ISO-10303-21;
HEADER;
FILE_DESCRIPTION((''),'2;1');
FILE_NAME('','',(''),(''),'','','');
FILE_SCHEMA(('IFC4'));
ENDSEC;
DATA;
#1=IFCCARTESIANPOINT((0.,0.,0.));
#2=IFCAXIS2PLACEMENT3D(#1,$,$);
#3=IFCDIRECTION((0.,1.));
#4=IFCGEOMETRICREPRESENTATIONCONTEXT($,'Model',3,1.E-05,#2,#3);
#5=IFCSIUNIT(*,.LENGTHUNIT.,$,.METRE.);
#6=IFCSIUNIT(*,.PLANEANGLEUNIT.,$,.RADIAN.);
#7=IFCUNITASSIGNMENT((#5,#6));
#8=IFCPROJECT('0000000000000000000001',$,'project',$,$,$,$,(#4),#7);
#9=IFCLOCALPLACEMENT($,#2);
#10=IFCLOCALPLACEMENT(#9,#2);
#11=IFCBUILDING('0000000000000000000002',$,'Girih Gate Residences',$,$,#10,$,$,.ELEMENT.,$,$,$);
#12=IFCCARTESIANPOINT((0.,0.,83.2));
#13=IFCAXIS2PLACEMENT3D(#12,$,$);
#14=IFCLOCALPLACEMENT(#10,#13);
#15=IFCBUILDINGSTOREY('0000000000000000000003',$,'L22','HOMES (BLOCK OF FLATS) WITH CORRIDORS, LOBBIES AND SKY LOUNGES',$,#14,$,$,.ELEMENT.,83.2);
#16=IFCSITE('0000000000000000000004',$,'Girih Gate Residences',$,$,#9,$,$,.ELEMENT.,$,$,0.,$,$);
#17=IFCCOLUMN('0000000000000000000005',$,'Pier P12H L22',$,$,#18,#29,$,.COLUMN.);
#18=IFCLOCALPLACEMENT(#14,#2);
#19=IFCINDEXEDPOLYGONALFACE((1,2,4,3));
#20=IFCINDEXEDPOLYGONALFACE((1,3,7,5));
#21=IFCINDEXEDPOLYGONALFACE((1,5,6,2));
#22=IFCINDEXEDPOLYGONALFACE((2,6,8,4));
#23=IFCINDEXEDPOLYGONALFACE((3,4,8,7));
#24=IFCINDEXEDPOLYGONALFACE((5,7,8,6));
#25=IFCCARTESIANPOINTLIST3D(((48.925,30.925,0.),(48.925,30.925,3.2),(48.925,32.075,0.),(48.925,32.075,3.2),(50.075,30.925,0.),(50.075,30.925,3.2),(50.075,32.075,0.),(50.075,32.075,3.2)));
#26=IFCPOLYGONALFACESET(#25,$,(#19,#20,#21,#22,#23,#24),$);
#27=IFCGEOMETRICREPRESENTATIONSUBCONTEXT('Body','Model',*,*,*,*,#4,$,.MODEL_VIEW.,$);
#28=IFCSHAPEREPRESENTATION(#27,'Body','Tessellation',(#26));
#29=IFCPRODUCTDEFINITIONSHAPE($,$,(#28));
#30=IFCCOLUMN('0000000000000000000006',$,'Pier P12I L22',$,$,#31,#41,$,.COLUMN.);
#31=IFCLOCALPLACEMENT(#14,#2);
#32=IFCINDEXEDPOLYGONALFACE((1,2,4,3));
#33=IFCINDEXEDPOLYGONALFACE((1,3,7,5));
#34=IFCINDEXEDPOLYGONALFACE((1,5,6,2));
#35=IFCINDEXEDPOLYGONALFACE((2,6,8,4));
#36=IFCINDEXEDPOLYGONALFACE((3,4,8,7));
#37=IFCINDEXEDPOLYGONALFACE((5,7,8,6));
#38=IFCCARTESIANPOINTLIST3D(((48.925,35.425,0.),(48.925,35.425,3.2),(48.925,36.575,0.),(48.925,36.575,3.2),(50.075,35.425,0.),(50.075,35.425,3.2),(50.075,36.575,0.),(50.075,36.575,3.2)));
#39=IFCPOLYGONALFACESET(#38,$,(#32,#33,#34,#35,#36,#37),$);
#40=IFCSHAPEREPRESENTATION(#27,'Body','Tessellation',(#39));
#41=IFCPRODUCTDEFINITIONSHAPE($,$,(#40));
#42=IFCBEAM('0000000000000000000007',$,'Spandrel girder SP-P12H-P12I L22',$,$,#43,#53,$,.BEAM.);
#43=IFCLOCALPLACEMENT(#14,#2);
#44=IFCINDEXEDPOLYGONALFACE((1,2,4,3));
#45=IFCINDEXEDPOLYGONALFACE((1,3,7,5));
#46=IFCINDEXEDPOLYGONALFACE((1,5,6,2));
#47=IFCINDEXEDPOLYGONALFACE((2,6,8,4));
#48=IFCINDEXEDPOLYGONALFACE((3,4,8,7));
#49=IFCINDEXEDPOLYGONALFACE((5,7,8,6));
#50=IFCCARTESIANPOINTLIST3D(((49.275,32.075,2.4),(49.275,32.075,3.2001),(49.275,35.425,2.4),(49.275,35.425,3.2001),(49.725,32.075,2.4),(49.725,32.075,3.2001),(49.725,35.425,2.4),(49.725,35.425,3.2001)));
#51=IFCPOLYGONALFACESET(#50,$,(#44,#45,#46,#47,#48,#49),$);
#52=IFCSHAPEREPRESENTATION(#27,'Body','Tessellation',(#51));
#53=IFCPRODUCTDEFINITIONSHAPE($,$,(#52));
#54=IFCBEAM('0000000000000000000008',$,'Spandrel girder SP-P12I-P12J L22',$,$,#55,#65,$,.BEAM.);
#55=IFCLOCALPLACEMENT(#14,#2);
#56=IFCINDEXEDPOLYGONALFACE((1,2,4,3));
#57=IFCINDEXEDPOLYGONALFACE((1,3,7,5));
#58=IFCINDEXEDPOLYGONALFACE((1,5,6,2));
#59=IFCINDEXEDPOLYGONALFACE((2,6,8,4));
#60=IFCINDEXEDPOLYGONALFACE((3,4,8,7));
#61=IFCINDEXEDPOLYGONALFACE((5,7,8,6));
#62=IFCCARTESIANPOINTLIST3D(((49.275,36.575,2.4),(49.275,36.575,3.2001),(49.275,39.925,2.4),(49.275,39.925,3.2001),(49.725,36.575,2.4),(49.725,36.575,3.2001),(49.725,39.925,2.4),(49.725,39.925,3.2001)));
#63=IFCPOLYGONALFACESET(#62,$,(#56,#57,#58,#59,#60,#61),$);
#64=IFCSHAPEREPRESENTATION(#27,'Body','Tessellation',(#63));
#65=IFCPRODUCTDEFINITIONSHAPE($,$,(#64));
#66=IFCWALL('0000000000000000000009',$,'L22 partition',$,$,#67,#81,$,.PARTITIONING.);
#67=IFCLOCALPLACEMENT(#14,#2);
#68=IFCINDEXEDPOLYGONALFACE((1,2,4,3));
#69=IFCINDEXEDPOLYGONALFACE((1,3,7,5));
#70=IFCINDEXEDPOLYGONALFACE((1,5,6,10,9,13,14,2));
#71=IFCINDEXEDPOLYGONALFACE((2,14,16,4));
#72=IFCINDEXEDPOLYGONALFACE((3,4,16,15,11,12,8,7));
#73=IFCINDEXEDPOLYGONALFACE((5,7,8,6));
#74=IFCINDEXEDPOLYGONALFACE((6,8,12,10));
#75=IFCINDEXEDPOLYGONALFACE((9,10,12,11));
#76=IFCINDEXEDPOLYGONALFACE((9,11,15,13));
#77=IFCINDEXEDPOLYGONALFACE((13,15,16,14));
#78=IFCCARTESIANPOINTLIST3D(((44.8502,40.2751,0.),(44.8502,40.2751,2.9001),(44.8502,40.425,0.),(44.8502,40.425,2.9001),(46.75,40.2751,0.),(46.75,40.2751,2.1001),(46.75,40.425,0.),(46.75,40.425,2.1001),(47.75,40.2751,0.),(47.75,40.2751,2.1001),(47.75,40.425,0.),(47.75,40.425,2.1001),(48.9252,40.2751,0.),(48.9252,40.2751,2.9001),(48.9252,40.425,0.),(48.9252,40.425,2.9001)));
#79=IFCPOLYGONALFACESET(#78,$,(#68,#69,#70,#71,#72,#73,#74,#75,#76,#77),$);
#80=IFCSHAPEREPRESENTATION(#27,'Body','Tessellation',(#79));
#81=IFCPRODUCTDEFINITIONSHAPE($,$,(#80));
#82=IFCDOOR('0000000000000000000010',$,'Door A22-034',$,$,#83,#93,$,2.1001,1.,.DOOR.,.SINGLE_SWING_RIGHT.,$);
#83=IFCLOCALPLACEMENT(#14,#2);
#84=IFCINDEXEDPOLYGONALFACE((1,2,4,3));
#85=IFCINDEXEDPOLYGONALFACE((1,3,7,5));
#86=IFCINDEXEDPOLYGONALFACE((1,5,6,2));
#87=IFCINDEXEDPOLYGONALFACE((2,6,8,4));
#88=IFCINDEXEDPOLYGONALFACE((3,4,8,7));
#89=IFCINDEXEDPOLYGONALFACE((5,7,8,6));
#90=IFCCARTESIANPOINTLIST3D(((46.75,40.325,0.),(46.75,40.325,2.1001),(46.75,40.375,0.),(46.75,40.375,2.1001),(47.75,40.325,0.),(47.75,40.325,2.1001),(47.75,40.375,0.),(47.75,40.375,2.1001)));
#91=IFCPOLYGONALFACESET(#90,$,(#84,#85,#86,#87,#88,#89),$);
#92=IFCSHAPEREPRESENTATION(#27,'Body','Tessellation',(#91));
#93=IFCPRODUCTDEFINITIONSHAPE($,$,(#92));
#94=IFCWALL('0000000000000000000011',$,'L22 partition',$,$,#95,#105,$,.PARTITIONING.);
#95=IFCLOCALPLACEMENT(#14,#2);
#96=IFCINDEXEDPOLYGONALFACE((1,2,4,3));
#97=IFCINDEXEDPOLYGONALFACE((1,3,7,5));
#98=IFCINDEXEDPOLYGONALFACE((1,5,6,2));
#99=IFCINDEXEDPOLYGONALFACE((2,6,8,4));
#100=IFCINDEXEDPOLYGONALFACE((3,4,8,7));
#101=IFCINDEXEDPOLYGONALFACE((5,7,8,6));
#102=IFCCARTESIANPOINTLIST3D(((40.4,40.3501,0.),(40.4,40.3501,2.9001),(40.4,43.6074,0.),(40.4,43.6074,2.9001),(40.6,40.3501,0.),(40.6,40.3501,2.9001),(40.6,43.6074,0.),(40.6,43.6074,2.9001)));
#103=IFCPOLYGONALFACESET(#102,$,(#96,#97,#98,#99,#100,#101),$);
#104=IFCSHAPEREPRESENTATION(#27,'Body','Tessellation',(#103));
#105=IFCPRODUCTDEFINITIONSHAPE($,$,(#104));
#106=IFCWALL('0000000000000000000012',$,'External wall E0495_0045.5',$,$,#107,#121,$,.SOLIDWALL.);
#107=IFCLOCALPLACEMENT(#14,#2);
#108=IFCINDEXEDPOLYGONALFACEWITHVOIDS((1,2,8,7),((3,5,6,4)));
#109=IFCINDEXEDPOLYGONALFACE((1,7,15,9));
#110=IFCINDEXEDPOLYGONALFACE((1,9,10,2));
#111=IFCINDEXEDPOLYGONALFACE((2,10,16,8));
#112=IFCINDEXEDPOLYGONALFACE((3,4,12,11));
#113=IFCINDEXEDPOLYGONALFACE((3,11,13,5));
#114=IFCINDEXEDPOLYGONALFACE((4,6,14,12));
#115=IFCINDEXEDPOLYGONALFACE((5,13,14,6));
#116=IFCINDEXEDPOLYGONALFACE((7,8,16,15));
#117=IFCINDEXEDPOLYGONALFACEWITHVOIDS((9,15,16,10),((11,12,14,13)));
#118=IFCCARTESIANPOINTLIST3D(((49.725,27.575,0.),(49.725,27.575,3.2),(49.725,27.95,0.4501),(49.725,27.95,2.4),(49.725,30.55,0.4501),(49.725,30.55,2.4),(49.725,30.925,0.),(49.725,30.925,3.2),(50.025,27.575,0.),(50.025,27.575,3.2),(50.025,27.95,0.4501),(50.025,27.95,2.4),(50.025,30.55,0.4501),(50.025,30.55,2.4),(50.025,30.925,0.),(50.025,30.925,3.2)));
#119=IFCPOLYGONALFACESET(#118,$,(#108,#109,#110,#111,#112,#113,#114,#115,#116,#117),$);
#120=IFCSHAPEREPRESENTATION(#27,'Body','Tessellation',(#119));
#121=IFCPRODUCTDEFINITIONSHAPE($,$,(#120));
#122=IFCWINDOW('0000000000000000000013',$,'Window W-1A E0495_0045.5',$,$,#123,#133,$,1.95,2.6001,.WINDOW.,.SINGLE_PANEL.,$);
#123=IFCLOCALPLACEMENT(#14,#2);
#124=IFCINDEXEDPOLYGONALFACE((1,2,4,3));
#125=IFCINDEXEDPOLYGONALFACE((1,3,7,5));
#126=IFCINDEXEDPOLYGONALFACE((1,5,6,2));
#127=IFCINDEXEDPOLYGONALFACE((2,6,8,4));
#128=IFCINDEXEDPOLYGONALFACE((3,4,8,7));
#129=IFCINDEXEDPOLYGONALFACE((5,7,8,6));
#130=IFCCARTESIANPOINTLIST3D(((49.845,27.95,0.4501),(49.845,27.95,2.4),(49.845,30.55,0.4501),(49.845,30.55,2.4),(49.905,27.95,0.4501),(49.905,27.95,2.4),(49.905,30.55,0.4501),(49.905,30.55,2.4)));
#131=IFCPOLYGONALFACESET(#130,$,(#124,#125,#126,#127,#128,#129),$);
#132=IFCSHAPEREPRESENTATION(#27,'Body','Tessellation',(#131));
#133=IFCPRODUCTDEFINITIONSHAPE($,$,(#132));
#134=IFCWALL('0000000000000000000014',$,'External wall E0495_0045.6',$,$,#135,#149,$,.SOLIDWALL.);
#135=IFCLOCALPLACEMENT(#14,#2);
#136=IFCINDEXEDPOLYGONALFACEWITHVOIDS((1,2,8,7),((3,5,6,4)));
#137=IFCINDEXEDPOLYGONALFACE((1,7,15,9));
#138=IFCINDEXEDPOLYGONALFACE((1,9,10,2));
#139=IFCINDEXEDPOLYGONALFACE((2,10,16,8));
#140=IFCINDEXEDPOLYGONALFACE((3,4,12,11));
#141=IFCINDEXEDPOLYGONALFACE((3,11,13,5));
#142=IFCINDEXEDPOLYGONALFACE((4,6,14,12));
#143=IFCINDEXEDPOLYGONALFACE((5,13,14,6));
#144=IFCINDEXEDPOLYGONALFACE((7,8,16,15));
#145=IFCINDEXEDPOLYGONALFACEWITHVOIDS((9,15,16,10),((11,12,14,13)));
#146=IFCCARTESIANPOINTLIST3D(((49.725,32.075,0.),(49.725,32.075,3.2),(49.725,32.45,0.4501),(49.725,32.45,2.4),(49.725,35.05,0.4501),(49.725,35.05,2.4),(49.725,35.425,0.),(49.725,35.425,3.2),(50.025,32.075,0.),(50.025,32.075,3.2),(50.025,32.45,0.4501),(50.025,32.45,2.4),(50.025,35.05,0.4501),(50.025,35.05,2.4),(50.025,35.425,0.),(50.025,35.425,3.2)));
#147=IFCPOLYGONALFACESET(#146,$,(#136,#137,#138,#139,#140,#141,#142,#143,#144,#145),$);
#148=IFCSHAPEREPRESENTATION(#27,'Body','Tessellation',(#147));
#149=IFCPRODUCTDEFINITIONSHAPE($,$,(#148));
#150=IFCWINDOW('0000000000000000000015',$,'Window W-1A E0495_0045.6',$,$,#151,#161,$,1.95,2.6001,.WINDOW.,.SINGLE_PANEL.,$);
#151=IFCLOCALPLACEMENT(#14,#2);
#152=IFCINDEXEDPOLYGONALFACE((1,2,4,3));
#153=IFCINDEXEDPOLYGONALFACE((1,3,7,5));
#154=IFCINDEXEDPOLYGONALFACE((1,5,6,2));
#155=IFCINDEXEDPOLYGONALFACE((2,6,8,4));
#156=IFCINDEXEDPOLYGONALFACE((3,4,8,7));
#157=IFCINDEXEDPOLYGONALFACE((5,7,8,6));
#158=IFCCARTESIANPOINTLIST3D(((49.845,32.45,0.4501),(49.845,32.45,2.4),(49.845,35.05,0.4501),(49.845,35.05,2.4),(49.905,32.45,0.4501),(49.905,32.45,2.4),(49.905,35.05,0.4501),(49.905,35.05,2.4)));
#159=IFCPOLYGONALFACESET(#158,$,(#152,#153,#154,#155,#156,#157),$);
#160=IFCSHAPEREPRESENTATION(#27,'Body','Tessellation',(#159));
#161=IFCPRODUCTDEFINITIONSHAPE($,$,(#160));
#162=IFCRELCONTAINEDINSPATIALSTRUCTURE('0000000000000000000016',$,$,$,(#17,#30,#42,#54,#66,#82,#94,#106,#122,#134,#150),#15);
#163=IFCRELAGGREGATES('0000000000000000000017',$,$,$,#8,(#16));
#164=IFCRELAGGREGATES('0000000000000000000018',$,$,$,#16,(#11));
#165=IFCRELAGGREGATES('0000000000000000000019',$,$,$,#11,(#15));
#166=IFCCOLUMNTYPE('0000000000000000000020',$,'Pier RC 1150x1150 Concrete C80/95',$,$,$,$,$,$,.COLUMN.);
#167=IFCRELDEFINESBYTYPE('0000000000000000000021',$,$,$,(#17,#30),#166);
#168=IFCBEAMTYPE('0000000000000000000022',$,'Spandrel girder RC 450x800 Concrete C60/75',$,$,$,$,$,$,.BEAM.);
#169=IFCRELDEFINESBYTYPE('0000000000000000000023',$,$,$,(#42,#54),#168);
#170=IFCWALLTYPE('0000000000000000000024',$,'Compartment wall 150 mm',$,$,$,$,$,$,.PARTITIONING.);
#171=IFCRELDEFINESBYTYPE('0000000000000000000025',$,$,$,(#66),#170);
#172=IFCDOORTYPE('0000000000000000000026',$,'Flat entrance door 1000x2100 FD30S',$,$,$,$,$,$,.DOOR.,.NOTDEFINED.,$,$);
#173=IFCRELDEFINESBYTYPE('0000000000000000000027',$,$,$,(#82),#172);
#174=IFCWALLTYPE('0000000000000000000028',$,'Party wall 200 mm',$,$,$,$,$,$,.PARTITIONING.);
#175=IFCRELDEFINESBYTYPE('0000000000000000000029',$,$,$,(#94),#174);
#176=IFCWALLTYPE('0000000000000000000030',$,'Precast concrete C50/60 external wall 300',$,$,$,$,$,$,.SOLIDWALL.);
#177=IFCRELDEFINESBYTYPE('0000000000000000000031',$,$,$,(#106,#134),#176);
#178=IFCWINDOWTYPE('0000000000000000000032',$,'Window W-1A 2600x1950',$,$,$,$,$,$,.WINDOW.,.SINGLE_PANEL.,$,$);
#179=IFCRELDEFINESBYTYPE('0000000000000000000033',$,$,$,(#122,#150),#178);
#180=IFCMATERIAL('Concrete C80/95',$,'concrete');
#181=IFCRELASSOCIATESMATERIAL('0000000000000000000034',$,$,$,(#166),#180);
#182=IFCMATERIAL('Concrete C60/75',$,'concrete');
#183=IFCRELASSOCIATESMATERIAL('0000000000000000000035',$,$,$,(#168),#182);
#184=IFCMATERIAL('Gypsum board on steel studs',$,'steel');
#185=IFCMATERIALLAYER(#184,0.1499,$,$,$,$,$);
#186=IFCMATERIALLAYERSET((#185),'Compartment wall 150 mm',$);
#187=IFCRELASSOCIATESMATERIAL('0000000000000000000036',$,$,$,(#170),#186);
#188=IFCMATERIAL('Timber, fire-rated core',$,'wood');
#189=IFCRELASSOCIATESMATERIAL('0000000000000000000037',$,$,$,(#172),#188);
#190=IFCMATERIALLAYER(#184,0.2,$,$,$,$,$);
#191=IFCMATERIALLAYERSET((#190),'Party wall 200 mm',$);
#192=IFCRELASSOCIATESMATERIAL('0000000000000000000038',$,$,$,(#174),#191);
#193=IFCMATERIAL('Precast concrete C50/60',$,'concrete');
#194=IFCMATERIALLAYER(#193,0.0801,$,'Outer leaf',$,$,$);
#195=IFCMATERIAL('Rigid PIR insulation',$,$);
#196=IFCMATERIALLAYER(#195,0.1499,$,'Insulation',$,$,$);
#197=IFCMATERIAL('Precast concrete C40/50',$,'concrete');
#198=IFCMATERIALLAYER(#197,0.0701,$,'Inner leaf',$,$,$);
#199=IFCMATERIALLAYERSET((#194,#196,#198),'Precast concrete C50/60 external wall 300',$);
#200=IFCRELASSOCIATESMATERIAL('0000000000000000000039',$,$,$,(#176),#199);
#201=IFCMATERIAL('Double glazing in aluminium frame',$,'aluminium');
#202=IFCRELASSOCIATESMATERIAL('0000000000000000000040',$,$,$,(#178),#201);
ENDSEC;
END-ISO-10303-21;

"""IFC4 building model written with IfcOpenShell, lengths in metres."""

from ifc_helpers import new_model, si_unit, direction, frame, frame_2d, origin, origin_2d, place, context, subcontext, project, spatial, rectangle, extrude, material, layer, layer_set, material_profile, profile_set, type_object, element, fill, save


model = new_model("IFC4")

# Units and contexts
model_context = context("Model", 3, precision=1e-05, world=origin(), true_north=direction((0.0, 1.0)))
body_context = subcontext(model_context, "Body", "Model", "MODEL_VIEW")
ifc_project = project(units=[si_unit("LENGTHUNIT", "METRE"), si_unit("PLANEANGLEUNIT", "RADIAN")], contexts=[model_context])

# Site, building, storey
site_placement = place(None, origin())
site = spatial("IfcSite", under=ifc_project, at=site_placement, Name="Girih Gate Residences", CompositionType="ELEMENT", RefElevation=0.0)
building_placement = place(site_placement, origin())
building = spatial("IfcBuilding", under=site, at=building_placement, Name="Girih Gate Residences", CompositionType="ELEMENT")
storey_placement = place(building_placement, frame((0.0, 0.0, 83.2)))
storey = spatial("IfcBuildingStorey", under=building, at=storey_placement, Name="L22", Description="HOMES (BLOCK OF FLATS) WITH CORRIDORS, LOBBIES AND SKY LOUNGES", CompositionType="ELEMENT", Elevation=83.2)

# Columns
ifc_material_1 = material(Name="Concrete C80/95", Category="concrete")
ifc_material_profile_1 = material_profile(ifc_material_1, rectangle(XDim=1.1499, YDim=1.1499, at=origin_2d()))
ifc_profile_set_1 = profile_set([ifc_material_profile_1], Name="Concrete C80/95")
column_type = type_object("IfcColumnType", Name="Pier RC 1150x1150 Concrete C80/95", PredefinedType="COLUMN", material=ifc_profile_set_1)
for number, where, z_axis, x_axis, name in (
    (1, (49.5, 31.5, 0.0), (0.0, 0.0, 1.0), (1.0, 0.0, 0.0), "Pier P12H L22"),
    (2, (49.5, 36.0, 0.0), (0.0, 0.0, 1.0), (1.0, 0.0, 0.0), "Pier P12I L22"),
):
    element("IfcColumn", number, at=place(storey_placement, frame(where, z_axis=z_axis, x_axis=x_axis)), inside=storey, type_object=column_type, Name=name, PredefinedType="COLUMN", context=body_context, shape_type="SweptSolid", body=[
        extrude(rectangle(XDim=1.1499, YDim=1.1499, at=origin_2d()), origin(), (0.0, 0.0, 1.0), 3.2),
    ])

# Beams
ifc_material_2 = material(Name="Concrete C60/75", Category="concrete")
ifc_material_profile_2 = material_profile(ifc_material_2, rectangle(XDim=0.45, YDim=0.8, at=origin_2d()))
ifc_profile_set_2 = profile_set([ifc_material_profile_2], Name="Concrete C60/75")
beam_type = type_object("IfcBeamType", Name="Spandrel girder RC 450x800 Concrete C60/75", PredefinedType="BEAM", material=ifc_profile_set_2)
for number, where, z_axis, x_axis, name in (
    (3, (49.5, 32.075, 2.8), (0.0, 1.0, 0.0), (-1.0, 0.0, 0.0), "Spandrel girder SP-P12H-P12I L22"),
    (4, (49.5, 36.575, 2.8), (0.0, 1.0, 0.0), (-1.0, 0.0, 0.0), "Spandrel girder SP-P12I-P12J L22"),
):
    element("IfcBeam", number, at=place(storey_placement, frame(where, z_axis=z_axis, x_axis=x_axis)), inside=storey, type_object=beam_type, Name=name, PredefinedType="BEAM", context=body_context, shape_type="SweptSolid", body=[
        extrude(rectangle(XDim=0.45, YDim=0.8, at=origin_2d()), origin(), (0.0, 0.0, 1.0), 3.3501),
    ])

# Wall, opening, door
ifc_material_3 = material(Name="Gypsum board on steel studs", Category="steel")
ifc_layer_1 = layer(ifc_material_3, 0.1499)
ifc_layer_set_1 = layer_set([ifc_layer_1], Name="Compartment wall 150 mm")
wall_type_1 = type_object("IfcWallType", Name="Compartment wall 150 mm", PredefinedType="PARTITIONING", material=ifc_layer_set_1)
wall_1_placement = place(storey_placement, frame((44.8501, 40.3501, 0.0), z_axis=(0.0, 0.0, 1.0), x_axis=(1.0, 0.0, 0.0)))
wall_1 = element("IfcWall", 5, at=wall_1_placement, inside=storey, type_object=wall_type_1, Name="L22 partition", PredefinedType="PARTITIONING", context=body_context, shape_type="SweptSolid", body=[
    extrude(rectangle(XDim=4.075, YDim=0.1499, at=frame_2d((2.0376, 0.0))), origin(), (0.0, 0.0, 1.0), 2.9001),
])
opening_1_placement = place(wall_1_placement, frame((1.8999, 0.0, 0.0)))
opening_1 = element("IfcOpeningElement", 6, at=opening_1_placement, cuts=wall_1, PredefinedType="OPENING", context=body_context, shape_type="SweptSolid", body=[
    extrude(rectangle(XDim=1.0, YDim=2.1001, at=frame_2d((0.5, 1.05))), frame((0.0, 0.085, 0.0), z_axis=(0.0, -1.0, 0.0), x_axis=(1.0, 0.0, 0.0)), (0.0, 0.0, 1.0), 0.1699),
])
ifc_material_4 = material(Name="Timber, fire-rated core", Category="wood")
door_type_1 = type_object("IfcDoorType", Name="Flat entrance door 1000x2100 FD30S", OperationType="NOTDEFINED", PredefinedType="DOOR", material=ifc_material_4)
door_1_placement = place(opening_1_placement, origin())
door_1 = element("IfcDoor", 7, at=door_1_placement, inside=storey, type_object=door_type_1, Name="Door A22-034", OperationType="SINGLE_SWING_RIGHT", OverallHeight=2.1001, OverallWidth=1.0, PredefinedType="DOOR", context=body_context, shape_type="SweptSolid", body=[
    extrude(rectangle(XDim=1.0, YDim=2.1001, at=frame_2d((0.5, 1.05))), frame((0.0, 0.0249, 0.0), z_axis=(0.0, -1.0, 0.0), x_axis=(1.0, 0.0, 0.0)), (0.0, 0.0, 1.0), 0.05),
])
fill(opening_1, door_1)

# Wall
ifc_layer_2 = layer(ifc_material_3, 0.2)
ifc_layer_set_2 = layer_set([ifc_layer_2], Name="Party wall 200 mm")
wall_type_2 = type_object("IfcWallType", Name="Party wall 200 mm", PredefinedType="PARTITIONING", material=ifc_layer_set_2)
wall_2_placement = place(storey_placement, frame((40.5, 40.3501, 0.0), z_axis=(0.0, 0.0, 1.0), x_axis=(0.0, 1.0, 0.0)))
element("IfcWall", 8, at=wall_2_placement, inside=storey, type_object=wall_type_2, Name="L22 partition", PredefinedType="PARTITIONING", context=body_context, shape_type="SweptSolid", body=[
    extrude(rectangle(XDim=3.2573, YDim=0.2, at=frame_2d((1.6287, 0.0))), origin(), (0.0, 0.0, 1.0), 2.9001),
])

# Walls, openings, windows
ifc_material_5 = material(Name="Precast concrete C50/60", Category="concrete")
ifc_layer_3 = layer(ifc_material_5, 0.0801, Name="Outer leaf")
ifc_material_6 = material(Name="Rigid PIR insulation")
ifc_layer_4 = layer(ifc_material_6, 0.1499, Name="Insulation")
ifc_material_7 = material(Name="Precast concrete C40/50", Category="concrete")
ifc_layer_5 = layer(ifc_material_7, 0.0701, Name="Inner leaf")
ifc_layer_set_3 = layer_set([ifc_layer_3, ifc_layer_4, ifc_layer_5], Name="Precast concrete C50/60 external wall 300")
wall_type_3 = type_object("IfcWallType", Name="Precast concrete C50/60 external wall 300", PredefinedType="SOLIDWALL", material=ifc_layer_set_3)
wall_3_placement = place(storey_placement, frame((49.875, 30.925, 0.0), z_axis=(0.0, 0.0, 1.0), x_axis=(0.0, -1.0, 0.0)))
wall_3 = element("IfcWall", 9, at=wall_3_placement, inside=storey, type_object=wall_type_3, Name="External wall E0495_0045.5", PredefinedType="SOLIDWALL", context=body_context, shape_type="SweptSolid", body=[
    extrude(rectangle(XDim=3.3501, YDim=0.3, at=frame_2d((1.675, 0.0))), origin(), (0.0, 0.0, 1.0), 3.2),
])
opening_2_placement = place(wall_3_placement, frame((0.375, 0.0, 0.45)))
opening_2 = element("IfcOpeningElement", 10, at=opening_2_placement, cuts=wall_3, PredefinedType="OPENING", context=body_context, shape_type="SweptSolid", body=[
    extrude(rectangle(XDim=2.6001, YDim=1.95, at=frame_2d((1.3, 0.9751))), frame((0.0, 0.1599, 0.0), z_axis=(0.0, -1.0, 0.0), x_axis=(1.0, 0.0, 0.0)), (0.0, 0.0, 1.0), 0.3201),
])
ifc_material_8 = material(Name="Double glazing in aluminium frame", Category="aluminium")
window_type = type_object("IfcWindowType", Name="Window W-1A 2600x1950", PartitioningType="SINGLE_PANEL", PredefinedType="WINDOW", material=ifc_material_8)
window_1_placement = place(opening_2_placement, origin())
window_1 = element("IfcWindow", 11, at=window_1_placement, inside=storey, type_object=window_type, Name="Window W-1A E0495_0045.5", OverallHeight=1.95, OverallWidth=2.6001, PartitioningType="SINGLE_PANEL", PredefinedType="WINDOW", context=body_context, shape_type="SweptSolid", body=[
    extrude(rectangle(XDim=2.6001, YDim=1.95, at=frame_2d((1.3, 0.9751))), frame((0.0, 0.03, 0.0), z_axis=(0.0, -1.0, 0.0), x_axis=(1.0, 0.0, 0.0)), (0.0, 0.0, 1.0), 0.0601),
])
fill(opening_2, window_1)
wall_4_placement = place(storey_placement, frame((49.875, 35.425, 0.0), z_axis=(0.0, 0.0, 1.0), x_axis=(0.0, -1.0, 0.0)))
wall_4 = element("IfcWall", 12, at=wall_4_placement, inside=storey, type_object=wall_type_3, Name="External wall E0495_0045.6", PredefinedType="SOLIDWALL", context=body_context, shape_type="SweptSolid", body=[
    extrude(rectangle(XDim=3.3501, YDim=0.3, at=frame_2d((1.675, 0.0))), origin(), (0.0, 0.0, 1.0), 3.2),
])
opening_3_placement = place(wall_4_placement, frame((0.375, 0.0, 0.45)))
opening_3 = element("IfcOpeningElement", 13, at=opening_3_placement, cuts=wall_4, PredefinedType="OPENING", context=body_context, shape_type="SweptSolid", body=[
    extrude(rectangle(XDim=2.6001, YDim=1.95, at=frame_2d((1.3, 0.9751))), frame((0.0, 0.1599, 0.0), z_axis=(0.0, -1.0, 0.0), x_axis=(1.0, 0.0, 0.0)), (0.0, 0.0, 1.0), 0.3201),
])
window_2_placement = place(opening_3_placement, origin())
window_2 = element("IfcWindow", 14, at=window_2_placement, inside=storey, type_object=window_type, Name="Window W-1A E0495_0045.6", OverallHeight=1.95, OverallWidth=2.6001, PartitioningType="SINGLE_PANEL", PredefinedType="WINDOW", context=body_context, shape_type="SweptSolid", body=[
    extrude(rectangle(XDim=2.6001, YDim=1.95, at=frame_2d((1.3, 0.9751))), frame((0.0, 0.03, 0.0), z_axis=(0.0, -1.0, 0.0), x_axis=(1.0, 0.0, 0.0)), (0.0, 0.0, 1.0), 0.0601),
])
fill(opening_3, window_2)

save(model, "model.ifc")
